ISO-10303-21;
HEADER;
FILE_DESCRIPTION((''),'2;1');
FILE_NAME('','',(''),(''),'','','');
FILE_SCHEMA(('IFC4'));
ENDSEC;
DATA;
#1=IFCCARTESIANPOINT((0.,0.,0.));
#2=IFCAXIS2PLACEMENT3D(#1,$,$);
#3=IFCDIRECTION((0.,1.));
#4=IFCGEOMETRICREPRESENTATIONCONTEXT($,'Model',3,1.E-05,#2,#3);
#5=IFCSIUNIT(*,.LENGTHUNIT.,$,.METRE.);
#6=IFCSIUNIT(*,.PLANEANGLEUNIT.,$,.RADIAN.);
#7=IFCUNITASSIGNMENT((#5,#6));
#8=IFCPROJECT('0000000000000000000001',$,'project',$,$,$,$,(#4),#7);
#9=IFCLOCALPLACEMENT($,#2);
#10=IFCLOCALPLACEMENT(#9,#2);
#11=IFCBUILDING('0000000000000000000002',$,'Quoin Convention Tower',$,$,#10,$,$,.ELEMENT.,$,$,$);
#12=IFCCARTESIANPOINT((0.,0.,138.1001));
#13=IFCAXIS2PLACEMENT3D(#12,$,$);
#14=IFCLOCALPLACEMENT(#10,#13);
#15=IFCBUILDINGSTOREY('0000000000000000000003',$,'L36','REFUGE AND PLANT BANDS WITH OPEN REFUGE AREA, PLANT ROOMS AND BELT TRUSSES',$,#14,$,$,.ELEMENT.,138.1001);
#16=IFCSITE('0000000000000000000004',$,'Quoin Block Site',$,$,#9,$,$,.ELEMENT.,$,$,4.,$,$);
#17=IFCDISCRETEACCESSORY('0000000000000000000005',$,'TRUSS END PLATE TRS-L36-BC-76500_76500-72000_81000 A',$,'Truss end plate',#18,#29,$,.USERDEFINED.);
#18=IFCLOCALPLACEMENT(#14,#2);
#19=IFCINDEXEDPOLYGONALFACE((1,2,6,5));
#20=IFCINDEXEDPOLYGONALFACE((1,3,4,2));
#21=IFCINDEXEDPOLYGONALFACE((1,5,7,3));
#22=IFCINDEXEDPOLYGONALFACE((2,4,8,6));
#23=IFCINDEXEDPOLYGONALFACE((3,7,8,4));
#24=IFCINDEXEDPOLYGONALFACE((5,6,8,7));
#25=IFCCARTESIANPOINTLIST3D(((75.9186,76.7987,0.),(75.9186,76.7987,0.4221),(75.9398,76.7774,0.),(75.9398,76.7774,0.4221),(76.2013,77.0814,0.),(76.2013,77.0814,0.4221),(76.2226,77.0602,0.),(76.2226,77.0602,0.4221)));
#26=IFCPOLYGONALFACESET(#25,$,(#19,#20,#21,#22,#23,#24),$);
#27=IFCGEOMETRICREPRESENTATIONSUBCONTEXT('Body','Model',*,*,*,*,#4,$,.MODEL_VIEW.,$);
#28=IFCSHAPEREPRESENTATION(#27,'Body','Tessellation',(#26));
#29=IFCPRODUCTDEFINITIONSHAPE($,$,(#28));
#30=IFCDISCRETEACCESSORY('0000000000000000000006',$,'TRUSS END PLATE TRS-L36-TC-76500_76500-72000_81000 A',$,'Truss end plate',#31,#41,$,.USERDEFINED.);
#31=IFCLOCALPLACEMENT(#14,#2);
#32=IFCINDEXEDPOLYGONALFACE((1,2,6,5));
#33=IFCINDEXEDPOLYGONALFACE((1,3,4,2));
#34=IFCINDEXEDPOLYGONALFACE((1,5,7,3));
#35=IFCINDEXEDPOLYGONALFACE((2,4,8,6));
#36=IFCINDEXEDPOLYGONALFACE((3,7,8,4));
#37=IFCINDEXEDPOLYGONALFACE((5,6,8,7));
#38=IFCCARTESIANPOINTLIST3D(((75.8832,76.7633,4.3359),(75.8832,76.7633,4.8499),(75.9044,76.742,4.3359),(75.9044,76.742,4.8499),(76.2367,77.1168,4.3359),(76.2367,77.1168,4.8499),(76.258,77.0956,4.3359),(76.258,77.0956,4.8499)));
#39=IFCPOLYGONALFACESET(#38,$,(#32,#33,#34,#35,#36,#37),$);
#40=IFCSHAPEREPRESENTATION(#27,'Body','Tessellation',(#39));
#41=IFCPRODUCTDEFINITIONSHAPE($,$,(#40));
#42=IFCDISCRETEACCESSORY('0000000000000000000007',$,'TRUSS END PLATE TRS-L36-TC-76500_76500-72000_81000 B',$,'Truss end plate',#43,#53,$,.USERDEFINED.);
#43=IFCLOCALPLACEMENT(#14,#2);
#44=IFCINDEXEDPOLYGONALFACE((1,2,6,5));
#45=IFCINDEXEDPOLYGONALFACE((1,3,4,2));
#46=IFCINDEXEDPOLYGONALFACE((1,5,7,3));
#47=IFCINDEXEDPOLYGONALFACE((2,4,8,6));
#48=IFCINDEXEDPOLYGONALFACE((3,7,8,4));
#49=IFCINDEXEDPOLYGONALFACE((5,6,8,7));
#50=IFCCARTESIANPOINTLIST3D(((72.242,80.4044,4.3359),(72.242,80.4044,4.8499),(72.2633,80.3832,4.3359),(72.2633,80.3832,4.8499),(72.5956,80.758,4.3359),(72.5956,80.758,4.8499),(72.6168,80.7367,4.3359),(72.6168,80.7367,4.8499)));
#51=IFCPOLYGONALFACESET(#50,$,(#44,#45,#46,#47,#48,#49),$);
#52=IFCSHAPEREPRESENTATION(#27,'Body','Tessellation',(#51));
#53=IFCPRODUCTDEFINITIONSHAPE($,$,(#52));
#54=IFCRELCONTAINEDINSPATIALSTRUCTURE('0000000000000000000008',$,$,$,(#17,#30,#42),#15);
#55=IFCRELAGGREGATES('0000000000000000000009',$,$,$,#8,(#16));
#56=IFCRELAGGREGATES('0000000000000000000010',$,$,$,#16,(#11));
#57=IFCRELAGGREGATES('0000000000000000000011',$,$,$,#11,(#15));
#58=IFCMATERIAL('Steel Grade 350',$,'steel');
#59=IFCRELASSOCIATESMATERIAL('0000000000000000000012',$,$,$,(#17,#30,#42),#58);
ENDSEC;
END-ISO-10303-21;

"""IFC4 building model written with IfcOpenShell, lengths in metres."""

from ifc_helpers import new_model, si_unit, direction, frame, origin, origin_2d, place, context, subcontext, project, spatial, rectangle, extrude, material, element, save


model = new_model("IFC4")

# Units and contexts
model_context = context("Model", 3, precision=1e-05, world=origin(), true_north=direction((0.0, 1.0)))
body_context = subcontext(model_context, "Body", "Model", "MODEL_VIEW")
ifc_project = project(units=[si_unit("LENGTHUNIT", "METRE"), si_unit("PLANEANGLEUNIT", "RADIAN")], contexts=[model_context])

# Site, building, storey
site_placement = place(None, origin())
site = spatial("IfcSite", under=ifc_project, at=site_placement, Name="Quoin Block Site", CompositionType="ELEMENT", RefElevation=4.0)
building_placement = place(site_placement, origin())
building = spatial("IfcBuilding", under=site, at=building_placement, Name="Quoin Convention Tower", CompositionType="ELEMENT")
storey_placement = place(building_placement, frame((0.0, 0.0, 138.1001)))
storey = spatial("IfcBuildingStorey", under=building, at=storey_placement, Name="L36", Description="REFUGE AND PLANT BANDS WITH OPEN REFUGE AREA, PLANT ROOMS AND BELT TRUSSES", CompositionType="ELEMENT", Elevation=138.1001)

# Discrete accessories
ifc_material_1 = material(Name="Steel Grade 350", Category="steel")
discrete_accessory_placement = place(storey_placement, frame((76.0706, 76.9294, 0.0), z_axis=(0.0, 0.0, 1.0), x_axis=(0.707107, -0.707107, 0.0)))
element("IfcDiscreteAccessory", 1, at=discrete_accessory_placement, inside=storey, material=ifc_material_1, Name="TRUSS END PLATE TRS-L36-BC-76500_76500-72000_81000 A", ObjectType="Truss end plate", PredefinedType="USERDEFINED", context=body_context, shape_type="SweptSolid", body=[
    extrude(rectangle(XDim=0.03, YDim=0.3999, at=origin_2d()), origin(), (0.0, 0.0, 1.0), 0.4221),
])
for number, where, z_axis, x_axis, name in (
    (2, (76.0706, 76.9294, 4.3359), (0.0, 0.0, 1.0), (0.707107, -0.707107, 0.0), "TRUSS END PLATE TRS-L36-TC-76500_76500-72000_81000 A"),
    (3, (72.4294, 80.5706, 4.3359), (0.0, 0.0, 1.0), (-0.707107, 0.707107, 0.0), "TRUSS END PLATE TRS-L36-TC-76500_76500-72000_81000 B"),
):
    element("IfcDiscreteAccessory", number, at=place(storey_placement, frame(where, z_axis=z_axis, x_axis=x_axis)), inside=storey, material=ifc_material_1, Name=name, ObjectType="Truss end plate", PredefinedType="USERDEFINED", context=body_context, shape_type="SweptSolid", body=[
        extrude(rectangle(XDim=0.03, YDim=0.5, at=origin_2d()), origin(), (0.0, 0.0, 1.0), 0.5139),
    ])

save(model, "model.ifc")
